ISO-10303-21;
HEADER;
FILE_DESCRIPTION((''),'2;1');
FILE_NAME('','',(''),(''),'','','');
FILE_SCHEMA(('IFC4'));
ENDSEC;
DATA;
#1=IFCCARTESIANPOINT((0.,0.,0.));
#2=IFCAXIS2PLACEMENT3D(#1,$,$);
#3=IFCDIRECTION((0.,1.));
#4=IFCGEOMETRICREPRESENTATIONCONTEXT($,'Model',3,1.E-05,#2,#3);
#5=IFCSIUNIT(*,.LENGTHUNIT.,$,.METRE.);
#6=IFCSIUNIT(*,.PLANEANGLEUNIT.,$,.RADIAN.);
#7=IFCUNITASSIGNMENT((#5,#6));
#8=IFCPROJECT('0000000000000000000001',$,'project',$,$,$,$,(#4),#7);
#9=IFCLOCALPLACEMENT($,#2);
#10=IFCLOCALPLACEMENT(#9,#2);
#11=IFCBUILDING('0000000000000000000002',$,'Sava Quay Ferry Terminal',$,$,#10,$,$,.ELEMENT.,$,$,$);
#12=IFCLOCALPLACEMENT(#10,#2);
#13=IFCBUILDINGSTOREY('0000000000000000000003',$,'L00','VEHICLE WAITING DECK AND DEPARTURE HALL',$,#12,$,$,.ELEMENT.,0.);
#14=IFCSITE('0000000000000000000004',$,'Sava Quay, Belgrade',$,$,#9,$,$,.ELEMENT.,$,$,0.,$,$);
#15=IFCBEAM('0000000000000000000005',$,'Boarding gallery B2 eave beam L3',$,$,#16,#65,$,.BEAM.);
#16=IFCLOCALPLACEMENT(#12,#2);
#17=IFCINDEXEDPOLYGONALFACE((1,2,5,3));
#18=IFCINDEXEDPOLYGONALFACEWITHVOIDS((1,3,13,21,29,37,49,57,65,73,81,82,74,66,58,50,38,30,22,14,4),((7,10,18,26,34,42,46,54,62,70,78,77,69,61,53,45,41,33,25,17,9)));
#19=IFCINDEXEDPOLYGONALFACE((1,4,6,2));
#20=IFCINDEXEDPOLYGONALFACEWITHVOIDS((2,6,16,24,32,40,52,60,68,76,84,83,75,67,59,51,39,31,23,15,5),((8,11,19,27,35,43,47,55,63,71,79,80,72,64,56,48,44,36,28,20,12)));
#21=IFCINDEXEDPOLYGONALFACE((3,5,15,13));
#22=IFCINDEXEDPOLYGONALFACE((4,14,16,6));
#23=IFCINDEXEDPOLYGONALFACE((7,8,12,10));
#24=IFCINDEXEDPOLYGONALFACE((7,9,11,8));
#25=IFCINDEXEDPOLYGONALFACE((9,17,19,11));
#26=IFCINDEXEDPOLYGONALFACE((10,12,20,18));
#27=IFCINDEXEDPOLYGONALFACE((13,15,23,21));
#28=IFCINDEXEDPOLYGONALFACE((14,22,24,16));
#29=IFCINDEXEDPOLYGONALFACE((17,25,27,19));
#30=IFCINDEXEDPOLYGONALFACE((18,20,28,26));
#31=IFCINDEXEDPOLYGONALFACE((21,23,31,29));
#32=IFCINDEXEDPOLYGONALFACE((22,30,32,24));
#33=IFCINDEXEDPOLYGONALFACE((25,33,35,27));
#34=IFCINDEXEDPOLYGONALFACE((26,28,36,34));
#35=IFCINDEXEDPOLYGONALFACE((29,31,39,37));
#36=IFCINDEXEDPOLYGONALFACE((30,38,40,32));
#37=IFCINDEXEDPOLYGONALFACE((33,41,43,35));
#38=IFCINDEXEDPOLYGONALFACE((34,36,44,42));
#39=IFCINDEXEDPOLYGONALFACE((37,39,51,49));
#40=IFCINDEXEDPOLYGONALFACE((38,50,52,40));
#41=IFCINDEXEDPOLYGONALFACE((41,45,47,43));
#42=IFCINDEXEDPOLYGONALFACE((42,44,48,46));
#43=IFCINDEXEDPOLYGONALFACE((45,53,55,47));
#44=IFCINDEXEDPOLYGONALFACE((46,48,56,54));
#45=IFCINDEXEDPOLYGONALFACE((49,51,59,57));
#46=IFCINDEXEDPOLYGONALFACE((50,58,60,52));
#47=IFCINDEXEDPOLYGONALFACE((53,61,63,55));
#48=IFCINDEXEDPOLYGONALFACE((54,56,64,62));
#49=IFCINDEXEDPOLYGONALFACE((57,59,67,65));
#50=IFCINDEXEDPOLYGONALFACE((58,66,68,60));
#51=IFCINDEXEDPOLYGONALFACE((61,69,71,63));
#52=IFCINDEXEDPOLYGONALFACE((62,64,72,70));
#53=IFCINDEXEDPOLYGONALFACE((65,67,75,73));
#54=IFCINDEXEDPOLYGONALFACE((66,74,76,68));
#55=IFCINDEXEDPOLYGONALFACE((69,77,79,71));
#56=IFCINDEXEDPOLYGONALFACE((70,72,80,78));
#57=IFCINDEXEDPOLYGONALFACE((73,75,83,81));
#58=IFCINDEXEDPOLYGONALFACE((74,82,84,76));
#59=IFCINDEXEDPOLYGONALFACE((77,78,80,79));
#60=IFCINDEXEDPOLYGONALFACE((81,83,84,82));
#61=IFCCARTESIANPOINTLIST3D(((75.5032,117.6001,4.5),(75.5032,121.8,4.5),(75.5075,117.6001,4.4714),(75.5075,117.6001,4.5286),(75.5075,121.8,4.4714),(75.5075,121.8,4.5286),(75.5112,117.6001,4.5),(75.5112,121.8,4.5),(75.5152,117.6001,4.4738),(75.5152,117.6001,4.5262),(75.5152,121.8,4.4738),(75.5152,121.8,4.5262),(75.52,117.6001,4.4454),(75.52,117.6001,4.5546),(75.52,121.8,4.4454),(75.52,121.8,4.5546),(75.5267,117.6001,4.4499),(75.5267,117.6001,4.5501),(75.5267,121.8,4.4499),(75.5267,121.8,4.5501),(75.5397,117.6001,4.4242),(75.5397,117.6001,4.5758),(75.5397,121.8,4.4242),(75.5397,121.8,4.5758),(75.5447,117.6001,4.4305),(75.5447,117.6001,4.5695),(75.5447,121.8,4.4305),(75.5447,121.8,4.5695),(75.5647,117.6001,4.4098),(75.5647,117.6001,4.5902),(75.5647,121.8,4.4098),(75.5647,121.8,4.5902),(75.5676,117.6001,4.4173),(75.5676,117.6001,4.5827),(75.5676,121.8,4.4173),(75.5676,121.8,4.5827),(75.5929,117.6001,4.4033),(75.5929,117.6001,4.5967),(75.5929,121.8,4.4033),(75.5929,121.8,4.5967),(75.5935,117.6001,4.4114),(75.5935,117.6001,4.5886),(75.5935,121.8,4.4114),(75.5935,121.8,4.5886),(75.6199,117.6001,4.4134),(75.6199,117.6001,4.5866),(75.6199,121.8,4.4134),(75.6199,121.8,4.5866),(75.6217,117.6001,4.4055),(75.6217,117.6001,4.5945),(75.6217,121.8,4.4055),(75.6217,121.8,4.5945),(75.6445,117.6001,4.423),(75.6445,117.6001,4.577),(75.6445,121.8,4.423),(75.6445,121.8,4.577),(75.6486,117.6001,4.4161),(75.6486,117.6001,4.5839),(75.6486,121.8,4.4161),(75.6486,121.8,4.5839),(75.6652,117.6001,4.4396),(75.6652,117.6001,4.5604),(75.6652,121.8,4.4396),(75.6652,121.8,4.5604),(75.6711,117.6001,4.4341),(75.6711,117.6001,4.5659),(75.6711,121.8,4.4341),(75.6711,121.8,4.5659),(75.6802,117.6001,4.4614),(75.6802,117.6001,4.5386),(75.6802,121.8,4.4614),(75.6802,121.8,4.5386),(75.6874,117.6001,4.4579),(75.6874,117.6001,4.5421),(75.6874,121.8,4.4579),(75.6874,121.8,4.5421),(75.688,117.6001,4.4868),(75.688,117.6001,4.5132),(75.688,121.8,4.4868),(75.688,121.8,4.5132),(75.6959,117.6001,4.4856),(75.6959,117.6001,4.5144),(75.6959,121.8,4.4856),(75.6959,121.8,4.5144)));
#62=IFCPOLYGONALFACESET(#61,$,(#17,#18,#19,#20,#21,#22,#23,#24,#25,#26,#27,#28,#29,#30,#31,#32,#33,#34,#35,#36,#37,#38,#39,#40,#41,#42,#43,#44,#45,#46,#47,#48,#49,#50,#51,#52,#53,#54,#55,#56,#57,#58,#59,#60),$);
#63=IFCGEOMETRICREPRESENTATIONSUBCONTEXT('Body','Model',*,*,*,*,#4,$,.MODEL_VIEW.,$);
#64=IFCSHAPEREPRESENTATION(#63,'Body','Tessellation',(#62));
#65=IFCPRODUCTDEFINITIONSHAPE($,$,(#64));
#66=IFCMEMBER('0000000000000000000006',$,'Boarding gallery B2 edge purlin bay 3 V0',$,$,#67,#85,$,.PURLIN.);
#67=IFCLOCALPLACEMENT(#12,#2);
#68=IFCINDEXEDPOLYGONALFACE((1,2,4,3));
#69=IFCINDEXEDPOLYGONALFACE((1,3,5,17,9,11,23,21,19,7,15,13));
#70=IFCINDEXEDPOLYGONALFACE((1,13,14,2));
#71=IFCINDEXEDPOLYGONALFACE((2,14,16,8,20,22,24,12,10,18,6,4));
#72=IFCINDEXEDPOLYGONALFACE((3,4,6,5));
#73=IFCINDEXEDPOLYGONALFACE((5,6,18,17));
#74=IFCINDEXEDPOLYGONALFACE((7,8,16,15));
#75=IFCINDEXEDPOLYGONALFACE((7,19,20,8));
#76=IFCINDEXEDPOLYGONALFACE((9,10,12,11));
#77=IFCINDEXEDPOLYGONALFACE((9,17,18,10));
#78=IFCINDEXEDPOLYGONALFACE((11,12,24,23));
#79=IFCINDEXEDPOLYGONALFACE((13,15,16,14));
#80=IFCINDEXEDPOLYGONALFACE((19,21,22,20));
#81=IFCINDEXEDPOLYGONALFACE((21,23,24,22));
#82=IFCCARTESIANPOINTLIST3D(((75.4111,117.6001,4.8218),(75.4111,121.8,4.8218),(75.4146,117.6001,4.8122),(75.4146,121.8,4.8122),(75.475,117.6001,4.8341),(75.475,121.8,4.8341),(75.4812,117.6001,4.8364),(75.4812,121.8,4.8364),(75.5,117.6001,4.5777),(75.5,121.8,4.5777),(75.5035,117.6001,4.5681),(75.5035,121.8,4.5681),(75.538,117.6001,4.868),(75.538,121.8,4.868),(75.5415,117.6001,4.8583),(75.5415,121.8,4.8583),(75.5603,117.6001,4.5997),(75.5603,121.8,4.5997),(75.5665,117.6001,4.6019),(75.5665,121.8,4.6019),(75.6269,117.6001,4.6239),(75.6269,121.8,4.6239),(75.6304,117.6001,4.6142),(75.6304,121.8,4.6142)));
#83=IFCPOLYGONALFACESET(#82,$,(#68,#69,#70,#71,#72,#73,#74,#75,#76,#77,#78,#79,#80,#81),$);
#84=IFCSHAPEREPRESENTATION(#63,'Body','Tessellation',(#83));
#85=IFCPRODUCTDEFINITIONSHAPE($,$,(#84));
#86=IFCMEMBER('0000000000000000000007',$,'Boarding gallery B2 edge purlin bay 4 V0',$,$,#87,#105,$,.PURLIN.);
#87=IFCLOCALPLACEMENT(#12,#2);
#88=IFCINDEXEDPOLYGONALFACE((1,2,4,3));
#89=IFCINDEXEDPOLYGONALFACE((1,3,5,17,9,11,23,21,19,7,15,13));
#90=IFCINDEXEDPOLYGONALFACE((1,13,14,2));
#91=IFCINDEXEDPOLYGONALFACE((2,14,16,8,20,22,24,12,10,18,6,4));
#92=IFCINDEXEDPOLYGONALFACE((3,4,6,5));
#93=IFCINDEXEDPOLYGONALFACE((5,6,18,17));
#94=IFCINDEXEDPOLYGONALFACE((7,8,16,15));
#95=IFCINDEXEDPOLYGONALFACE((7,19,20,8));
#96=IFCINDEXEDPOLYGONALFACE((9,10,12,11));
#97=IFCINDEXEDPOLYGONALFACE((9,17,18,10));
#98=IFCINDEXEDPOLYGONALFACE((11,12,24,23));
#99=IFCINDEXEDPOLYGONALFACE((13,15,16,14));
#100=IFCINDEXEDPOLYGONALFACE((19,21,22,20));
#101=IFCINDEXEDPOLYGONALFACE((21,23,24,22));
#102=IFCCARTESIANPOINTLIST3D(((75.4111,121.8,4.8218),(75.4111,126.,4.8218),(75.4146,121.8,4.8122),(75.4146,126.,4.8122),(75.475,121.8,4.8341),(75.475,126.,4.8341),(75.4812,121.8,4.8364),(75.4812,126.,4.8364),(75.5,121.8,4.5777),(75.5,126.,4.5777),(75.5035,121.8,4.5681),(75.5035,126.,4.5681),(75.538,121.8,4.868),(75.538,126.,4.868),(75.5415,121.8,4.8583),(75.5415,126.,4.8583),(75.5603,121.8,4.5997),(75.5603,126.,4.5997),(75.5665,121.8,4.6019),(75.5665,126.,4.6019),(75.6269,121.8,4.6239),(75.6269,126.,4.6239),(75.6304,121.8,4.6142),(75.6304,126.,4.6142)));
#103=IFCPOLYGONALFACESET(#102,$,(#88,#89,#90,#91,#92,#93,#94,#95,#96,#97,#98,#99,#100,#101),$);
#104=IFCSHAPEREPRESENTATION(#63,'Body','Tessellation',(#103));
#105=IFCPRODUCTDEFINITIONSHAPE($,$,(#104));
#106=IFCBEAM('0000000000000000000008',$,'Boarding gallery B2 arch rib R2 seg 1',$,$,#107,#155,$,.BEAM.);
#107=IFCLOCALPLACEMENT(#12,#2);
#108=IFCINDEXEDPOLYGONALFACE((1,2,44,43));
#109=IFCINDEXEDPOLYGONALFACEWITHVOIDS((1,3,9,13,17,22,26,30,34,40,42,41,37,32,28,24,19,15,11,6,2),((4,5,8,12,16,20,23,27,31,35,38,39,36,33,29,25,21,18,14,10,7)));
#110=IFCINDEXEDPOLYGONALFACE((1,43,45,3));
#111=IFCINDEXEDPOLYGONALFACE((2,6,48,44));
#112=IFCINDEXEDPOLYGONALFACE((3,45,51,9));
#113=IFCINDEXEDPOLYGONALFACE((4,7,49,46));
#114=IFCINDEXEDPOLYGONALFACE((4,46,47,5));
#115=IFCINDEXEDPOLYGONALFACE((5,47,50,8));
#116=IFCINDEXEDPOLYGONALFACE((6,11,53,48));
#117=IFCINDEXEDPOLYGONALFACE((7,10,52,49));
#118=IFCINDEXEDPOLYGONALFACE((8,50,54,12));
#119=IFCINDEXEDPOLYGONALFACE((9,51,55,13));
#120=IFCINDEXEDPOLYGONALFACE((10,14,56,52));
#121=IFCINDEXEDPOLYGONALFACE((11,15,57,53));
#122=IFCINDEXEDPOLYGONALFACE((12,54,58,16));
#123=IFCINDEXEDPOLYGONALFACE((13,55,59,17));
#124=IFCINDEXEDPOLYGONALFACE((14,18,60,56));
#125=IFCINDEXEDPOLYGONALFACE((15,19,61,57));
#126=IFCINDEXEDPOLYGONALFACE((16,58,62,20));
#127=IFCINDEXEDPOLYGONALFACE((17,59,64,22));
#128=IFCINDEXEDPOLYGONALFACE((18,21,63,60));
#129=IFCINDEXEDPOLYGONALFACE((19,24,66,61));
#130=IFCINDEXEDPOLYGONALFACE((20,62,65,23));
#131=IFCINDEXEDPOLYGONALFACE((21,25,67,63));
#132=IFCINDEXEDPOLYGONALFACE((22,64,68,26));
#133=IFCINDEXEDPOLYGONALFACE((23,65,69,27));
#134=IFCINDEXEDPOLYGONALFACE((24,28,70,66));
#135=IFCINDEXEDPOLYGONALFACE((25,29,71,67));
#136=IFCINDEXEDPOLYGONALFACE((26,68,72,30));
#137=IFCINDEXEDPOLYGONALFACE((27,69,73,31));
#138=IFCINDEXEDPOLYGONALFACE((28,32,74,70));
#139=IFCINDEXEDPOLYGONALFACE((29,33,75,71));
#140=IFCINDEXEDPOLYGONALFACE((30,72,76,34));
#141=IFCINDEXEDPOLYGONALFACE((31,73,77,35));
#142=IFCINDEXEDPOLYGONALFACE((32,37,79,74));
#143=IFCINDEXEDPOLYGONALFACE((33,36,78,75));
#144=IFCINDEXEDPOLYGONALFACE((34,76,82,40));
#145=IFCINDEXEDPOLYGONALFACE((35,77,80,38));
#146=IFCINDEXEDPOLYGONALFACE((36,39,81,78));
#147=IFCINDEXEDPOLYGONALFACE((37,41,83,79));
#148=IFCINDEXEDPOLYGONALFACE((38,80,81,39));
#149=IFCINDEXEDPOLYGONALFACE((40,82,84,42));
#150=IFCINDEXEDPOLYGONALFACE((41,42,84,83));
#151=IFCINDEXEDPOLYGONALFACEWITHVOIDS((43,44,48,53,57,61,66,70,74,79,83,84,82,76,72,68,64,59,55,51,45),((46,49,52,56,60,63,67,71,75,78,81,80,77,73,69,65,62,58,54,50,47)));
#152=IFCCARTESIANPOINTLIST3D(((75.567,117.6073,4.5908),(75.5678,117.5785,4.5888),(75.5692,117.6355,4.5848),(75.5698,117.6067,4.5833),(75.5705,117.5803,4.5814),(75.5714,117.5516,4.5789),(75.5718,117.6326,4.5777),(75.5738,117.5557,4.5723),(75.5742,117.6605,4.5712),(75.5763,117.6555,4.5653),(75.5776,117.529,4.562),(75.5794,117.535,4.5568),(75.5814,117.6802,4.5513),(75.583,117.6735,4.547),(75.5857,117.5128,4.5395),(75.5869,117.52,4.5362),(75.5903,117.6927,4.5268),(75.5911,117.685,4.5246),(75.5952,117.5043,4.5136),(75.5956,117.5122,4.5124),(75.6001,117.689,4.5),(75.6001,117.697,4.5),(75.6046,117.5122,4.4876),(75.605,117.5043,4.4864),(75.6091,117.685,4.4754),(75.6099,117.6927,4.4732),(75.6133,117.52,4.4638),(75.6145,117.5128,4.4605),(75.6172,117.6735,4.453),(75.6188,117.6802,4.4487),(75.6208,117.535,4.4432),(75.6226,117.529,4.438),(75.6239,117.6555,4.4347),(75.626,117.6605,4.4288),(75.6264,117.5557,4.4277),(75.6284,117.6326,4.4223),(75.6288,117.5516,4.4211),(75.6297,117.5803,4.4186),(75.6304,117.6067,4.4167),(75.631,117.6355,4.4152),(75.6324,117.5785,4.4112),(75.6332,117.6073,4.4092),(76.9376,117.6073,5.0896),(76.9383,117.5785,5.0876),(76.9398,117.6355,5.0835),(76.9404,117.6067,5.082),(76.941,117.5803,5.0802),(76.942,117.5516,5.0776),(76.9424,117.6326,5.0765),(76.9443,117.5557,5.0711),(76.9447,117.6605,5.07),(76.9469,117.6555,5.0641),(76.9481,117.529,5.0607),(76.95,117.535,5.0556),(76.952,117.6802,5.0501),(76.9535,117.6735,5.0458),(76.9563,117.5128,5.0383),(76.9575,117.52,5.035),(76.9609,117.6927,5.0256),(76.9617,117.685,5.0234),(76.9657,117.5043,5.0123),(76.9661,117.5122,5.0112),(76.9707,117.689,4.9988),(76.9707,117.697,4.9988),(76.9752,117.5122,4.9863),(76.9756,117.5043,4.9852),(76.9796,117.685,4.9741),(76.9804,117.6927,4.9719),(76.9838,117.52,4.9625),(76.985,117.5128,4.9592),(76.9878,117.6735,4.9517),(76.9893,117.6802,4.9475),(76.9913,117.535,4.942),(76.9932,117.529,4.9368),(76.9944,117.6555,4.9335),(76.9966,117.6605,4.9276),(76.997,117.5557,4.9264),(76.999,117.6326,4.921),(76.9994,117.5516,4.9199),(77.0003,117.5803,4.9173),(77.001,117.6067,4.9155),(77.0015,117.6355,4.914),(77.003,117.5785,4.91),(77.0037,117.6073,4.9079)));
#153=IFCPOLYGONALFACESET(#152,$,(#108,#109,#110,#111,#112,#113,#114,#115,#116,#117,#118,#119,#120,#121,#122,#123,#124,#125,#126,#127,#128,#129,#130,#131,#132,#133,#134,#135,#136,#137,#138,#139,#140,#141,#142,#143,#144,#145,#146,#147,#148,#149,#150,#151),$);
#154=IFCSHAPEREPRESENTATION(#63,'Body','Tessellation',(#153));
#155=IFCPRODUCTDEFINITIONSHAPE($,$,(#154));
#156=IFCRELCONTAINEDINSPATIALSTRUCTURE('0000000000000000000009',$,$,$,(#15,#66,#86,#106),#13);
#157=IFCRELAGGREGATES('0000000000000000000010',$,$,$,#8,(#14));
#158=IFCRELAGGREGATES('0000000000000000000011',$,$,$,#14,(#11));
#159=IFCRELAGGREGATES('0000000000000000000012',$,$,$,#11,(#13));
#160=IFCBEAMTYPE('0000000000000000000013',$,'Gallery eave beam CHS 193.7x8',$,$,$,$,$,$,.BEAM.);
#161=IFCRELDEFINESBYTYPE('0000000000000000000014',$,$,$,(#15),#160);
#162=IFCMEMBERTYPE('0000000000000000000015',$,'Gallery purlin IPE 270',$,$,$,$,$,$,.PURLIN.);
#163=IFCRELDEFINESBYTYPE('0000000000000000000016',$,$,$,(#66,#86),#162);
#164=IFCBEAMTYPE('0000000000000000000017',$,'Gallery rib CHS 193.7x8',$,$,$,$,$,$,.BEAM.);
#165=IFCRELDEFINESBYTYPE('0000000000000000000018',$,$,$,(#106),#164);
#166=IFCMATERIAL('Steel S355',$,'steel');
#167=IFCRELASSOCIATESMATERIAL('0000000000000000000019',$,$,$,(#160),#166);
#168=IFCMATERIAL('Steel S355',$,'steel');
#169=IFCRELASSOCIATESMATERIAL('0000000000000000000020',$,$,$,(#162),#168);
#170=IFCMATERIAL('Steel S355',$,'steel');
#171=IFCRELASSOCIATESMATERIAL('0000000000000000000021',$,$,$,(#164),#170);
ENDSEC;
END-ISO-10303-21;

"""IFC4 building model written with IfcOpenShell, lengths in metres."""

from ifc_helpers import new_model, si_unit, direction, frame, origin, origin_2d, place, context, subcontext, project, spatial, hollow_circle, i_section, extrude, material, material_profile, profile_set, type_object, element, save


model = new_model("IFC4")

# Units and contexts
model_context = context("Model", 3, precision=1e-05, world=origin(), true_north=direction((0.0, 1.0)))
body_context = subcontext(model_context, "Body", "Model", "MODEL_VIEW")
ifc_project = project(units=[si_unit("LENGTHUNIT", "METRE"), si_unit("PLANEANGLEUNIT", "RADIAN")], contexts=[model_context])

# Site, building, storey
site_placement = place(None, origin())
site = spatial("IfcSite", under=ifc_project, at=site_placement, Name="Sava Quay, Belgrade", CompositionType="ELEMENT", RefElevation=0.0)
building_placement = place(site_placement, origin())
building = spatial("IfcBuilding", under=site, at=building_placement, Name="Sava Quay Ferry Terminal", CompositionType="ELEMENT")
storey_placement = place(building_placement, origin())
storey = spatial("IfcBuildingStorey", under=building, at=storey_placement, Name="L00", Description="VEHICLE WAITING DECK AND DEPARTURE HALL", CompositionType="ELEMENT", Elevation=0.0)

# Beam
ifc_material_1 = material(Name="Steel S355", Category="steel")
ifc_material_profile_1 = material_profile(ifc_material_1, hollow_circle(Radius=0.0969, WallThickness=0.0081, at=origin_2d()), Name="CHS 193.7 x 8.0")
ifc_profile_set_1 = profile_set([ifc_material_profile_1], Name="Steel S355")
beam_type_1 = type_object("IfcBeamType", Name="Gallery eave beam CHS 193.7x8", PredefinedType="BEAM", material=ifc_profile_set_1)
beam_1_placement = place(storey_placement, frame((75.6001, 117.6001, 4.5), z_axis=(0.0, 1.0, 0.0), x_axis=(-1.0, 0.0, 0.0)))
element("IfcBeam", 1, at=beam_1_placement, inside=storey, type_object=beam_type_1, Name="Boarding gallery B2 eave beam L3", PredefinedType="BEAM", context=body_context, shape_type="SweptSolid", body=[
    extrude(hollow_circle(Radius=0.0969, WallThickness=0.0081, at=origin_2d()), origin(), (0.0, 0.0, 1.0), 4.2),
])

# Members
ifc_material_2 = material(Name="Steel S355", Category="steel")
ifc_material_profile_2 = material_profile(ifc_material_2, i_section(OverallWidth=0.135, OverallDepth=0.27, WebThickness=0.0066, FlangeThickness=0.0103, at=origin_2d()), Name="IPE 270")
ifc_profile_set_2 = profile_set([ifc_material_profile_2], Name="Steel S355")
member_type_1 = type_object("IfcMemberType", Name="Gallery purlin IPE 270", PredefinedType="PURLIN", material=ifc_profile_set_2)
for number, where, z_axis, x_axis, name in (
    (2, (75.5208, 117.6001, 4.718), (0.0, 1.0, 0.0), (-0.939693, 0.0, -0.34202), "Boarding gallery B2 edge purlin bay 3 V0"),
    (3, (75.5208, 121.8, 4.718), (0.0, 1.0, 0.0), (-0.939693, 0.0, -0.34202), "Boarding gallery B2 edge purlin bay 4 V0"),
):
    element("IfcMember", number, at=place(storey_placement, frame(where, z_axis=z_axis, x_axis=x_axis)), inside=storey, type_object=member_type_1, Name=name, PredefinedType="PURLIN", context=body_context, shape_type="SweptSolid", body=[
        extrude(i_section(OverallWidth=0.135, OverallDepth=0.27, WebThickness=0.0066, FlangeThickness=0.0103, at=origin_2d()), origin(), (0.0, 0.0, 1.0), 4.2),
    ])

# Beam
ifc_material_3 = material(Name="Steel S355", Category="steel")
ifc_material_profile_3 = material_profile(ifc_material_3, hollow_circle(Radius=0.0969, WallThickness=0.0081, at=origin_2d()), Name="CHS 193.7 x 8.0")
ifc_profile_set_3 = profile_set([ifc_material_profile_3], Name="Steel S355")
beam_type_2 = type_object("IfcBeamType", Name="Gallery rib CHS 193.7x8", PredefinedType="BEAM", material=ifc_profile_set_3)
beam_2_placement = place(storey_placement, frame((75.6001, 117.6001, 4.5), z_axis=(0.93971, 0.0, 0.341972), x_axis=(0.0, 1.0, 0.0)))
element("IfcBeam", 4, at=beam_2_placement, inside=storey, type_object=beam_type_2, Name="Boarding gallery B2 arch rib R2 seg 1", PredefinedType="BEAM", context=body_context, shape_type="SweptSolid", body=[
    extrude(hollow_circle(Radius=0.0969, WallThickness=0.0081, at=origin_2d()), origin(), (0.0, 0.0, 1.0), 1.4585),
])

save(model, "model.ifc")
